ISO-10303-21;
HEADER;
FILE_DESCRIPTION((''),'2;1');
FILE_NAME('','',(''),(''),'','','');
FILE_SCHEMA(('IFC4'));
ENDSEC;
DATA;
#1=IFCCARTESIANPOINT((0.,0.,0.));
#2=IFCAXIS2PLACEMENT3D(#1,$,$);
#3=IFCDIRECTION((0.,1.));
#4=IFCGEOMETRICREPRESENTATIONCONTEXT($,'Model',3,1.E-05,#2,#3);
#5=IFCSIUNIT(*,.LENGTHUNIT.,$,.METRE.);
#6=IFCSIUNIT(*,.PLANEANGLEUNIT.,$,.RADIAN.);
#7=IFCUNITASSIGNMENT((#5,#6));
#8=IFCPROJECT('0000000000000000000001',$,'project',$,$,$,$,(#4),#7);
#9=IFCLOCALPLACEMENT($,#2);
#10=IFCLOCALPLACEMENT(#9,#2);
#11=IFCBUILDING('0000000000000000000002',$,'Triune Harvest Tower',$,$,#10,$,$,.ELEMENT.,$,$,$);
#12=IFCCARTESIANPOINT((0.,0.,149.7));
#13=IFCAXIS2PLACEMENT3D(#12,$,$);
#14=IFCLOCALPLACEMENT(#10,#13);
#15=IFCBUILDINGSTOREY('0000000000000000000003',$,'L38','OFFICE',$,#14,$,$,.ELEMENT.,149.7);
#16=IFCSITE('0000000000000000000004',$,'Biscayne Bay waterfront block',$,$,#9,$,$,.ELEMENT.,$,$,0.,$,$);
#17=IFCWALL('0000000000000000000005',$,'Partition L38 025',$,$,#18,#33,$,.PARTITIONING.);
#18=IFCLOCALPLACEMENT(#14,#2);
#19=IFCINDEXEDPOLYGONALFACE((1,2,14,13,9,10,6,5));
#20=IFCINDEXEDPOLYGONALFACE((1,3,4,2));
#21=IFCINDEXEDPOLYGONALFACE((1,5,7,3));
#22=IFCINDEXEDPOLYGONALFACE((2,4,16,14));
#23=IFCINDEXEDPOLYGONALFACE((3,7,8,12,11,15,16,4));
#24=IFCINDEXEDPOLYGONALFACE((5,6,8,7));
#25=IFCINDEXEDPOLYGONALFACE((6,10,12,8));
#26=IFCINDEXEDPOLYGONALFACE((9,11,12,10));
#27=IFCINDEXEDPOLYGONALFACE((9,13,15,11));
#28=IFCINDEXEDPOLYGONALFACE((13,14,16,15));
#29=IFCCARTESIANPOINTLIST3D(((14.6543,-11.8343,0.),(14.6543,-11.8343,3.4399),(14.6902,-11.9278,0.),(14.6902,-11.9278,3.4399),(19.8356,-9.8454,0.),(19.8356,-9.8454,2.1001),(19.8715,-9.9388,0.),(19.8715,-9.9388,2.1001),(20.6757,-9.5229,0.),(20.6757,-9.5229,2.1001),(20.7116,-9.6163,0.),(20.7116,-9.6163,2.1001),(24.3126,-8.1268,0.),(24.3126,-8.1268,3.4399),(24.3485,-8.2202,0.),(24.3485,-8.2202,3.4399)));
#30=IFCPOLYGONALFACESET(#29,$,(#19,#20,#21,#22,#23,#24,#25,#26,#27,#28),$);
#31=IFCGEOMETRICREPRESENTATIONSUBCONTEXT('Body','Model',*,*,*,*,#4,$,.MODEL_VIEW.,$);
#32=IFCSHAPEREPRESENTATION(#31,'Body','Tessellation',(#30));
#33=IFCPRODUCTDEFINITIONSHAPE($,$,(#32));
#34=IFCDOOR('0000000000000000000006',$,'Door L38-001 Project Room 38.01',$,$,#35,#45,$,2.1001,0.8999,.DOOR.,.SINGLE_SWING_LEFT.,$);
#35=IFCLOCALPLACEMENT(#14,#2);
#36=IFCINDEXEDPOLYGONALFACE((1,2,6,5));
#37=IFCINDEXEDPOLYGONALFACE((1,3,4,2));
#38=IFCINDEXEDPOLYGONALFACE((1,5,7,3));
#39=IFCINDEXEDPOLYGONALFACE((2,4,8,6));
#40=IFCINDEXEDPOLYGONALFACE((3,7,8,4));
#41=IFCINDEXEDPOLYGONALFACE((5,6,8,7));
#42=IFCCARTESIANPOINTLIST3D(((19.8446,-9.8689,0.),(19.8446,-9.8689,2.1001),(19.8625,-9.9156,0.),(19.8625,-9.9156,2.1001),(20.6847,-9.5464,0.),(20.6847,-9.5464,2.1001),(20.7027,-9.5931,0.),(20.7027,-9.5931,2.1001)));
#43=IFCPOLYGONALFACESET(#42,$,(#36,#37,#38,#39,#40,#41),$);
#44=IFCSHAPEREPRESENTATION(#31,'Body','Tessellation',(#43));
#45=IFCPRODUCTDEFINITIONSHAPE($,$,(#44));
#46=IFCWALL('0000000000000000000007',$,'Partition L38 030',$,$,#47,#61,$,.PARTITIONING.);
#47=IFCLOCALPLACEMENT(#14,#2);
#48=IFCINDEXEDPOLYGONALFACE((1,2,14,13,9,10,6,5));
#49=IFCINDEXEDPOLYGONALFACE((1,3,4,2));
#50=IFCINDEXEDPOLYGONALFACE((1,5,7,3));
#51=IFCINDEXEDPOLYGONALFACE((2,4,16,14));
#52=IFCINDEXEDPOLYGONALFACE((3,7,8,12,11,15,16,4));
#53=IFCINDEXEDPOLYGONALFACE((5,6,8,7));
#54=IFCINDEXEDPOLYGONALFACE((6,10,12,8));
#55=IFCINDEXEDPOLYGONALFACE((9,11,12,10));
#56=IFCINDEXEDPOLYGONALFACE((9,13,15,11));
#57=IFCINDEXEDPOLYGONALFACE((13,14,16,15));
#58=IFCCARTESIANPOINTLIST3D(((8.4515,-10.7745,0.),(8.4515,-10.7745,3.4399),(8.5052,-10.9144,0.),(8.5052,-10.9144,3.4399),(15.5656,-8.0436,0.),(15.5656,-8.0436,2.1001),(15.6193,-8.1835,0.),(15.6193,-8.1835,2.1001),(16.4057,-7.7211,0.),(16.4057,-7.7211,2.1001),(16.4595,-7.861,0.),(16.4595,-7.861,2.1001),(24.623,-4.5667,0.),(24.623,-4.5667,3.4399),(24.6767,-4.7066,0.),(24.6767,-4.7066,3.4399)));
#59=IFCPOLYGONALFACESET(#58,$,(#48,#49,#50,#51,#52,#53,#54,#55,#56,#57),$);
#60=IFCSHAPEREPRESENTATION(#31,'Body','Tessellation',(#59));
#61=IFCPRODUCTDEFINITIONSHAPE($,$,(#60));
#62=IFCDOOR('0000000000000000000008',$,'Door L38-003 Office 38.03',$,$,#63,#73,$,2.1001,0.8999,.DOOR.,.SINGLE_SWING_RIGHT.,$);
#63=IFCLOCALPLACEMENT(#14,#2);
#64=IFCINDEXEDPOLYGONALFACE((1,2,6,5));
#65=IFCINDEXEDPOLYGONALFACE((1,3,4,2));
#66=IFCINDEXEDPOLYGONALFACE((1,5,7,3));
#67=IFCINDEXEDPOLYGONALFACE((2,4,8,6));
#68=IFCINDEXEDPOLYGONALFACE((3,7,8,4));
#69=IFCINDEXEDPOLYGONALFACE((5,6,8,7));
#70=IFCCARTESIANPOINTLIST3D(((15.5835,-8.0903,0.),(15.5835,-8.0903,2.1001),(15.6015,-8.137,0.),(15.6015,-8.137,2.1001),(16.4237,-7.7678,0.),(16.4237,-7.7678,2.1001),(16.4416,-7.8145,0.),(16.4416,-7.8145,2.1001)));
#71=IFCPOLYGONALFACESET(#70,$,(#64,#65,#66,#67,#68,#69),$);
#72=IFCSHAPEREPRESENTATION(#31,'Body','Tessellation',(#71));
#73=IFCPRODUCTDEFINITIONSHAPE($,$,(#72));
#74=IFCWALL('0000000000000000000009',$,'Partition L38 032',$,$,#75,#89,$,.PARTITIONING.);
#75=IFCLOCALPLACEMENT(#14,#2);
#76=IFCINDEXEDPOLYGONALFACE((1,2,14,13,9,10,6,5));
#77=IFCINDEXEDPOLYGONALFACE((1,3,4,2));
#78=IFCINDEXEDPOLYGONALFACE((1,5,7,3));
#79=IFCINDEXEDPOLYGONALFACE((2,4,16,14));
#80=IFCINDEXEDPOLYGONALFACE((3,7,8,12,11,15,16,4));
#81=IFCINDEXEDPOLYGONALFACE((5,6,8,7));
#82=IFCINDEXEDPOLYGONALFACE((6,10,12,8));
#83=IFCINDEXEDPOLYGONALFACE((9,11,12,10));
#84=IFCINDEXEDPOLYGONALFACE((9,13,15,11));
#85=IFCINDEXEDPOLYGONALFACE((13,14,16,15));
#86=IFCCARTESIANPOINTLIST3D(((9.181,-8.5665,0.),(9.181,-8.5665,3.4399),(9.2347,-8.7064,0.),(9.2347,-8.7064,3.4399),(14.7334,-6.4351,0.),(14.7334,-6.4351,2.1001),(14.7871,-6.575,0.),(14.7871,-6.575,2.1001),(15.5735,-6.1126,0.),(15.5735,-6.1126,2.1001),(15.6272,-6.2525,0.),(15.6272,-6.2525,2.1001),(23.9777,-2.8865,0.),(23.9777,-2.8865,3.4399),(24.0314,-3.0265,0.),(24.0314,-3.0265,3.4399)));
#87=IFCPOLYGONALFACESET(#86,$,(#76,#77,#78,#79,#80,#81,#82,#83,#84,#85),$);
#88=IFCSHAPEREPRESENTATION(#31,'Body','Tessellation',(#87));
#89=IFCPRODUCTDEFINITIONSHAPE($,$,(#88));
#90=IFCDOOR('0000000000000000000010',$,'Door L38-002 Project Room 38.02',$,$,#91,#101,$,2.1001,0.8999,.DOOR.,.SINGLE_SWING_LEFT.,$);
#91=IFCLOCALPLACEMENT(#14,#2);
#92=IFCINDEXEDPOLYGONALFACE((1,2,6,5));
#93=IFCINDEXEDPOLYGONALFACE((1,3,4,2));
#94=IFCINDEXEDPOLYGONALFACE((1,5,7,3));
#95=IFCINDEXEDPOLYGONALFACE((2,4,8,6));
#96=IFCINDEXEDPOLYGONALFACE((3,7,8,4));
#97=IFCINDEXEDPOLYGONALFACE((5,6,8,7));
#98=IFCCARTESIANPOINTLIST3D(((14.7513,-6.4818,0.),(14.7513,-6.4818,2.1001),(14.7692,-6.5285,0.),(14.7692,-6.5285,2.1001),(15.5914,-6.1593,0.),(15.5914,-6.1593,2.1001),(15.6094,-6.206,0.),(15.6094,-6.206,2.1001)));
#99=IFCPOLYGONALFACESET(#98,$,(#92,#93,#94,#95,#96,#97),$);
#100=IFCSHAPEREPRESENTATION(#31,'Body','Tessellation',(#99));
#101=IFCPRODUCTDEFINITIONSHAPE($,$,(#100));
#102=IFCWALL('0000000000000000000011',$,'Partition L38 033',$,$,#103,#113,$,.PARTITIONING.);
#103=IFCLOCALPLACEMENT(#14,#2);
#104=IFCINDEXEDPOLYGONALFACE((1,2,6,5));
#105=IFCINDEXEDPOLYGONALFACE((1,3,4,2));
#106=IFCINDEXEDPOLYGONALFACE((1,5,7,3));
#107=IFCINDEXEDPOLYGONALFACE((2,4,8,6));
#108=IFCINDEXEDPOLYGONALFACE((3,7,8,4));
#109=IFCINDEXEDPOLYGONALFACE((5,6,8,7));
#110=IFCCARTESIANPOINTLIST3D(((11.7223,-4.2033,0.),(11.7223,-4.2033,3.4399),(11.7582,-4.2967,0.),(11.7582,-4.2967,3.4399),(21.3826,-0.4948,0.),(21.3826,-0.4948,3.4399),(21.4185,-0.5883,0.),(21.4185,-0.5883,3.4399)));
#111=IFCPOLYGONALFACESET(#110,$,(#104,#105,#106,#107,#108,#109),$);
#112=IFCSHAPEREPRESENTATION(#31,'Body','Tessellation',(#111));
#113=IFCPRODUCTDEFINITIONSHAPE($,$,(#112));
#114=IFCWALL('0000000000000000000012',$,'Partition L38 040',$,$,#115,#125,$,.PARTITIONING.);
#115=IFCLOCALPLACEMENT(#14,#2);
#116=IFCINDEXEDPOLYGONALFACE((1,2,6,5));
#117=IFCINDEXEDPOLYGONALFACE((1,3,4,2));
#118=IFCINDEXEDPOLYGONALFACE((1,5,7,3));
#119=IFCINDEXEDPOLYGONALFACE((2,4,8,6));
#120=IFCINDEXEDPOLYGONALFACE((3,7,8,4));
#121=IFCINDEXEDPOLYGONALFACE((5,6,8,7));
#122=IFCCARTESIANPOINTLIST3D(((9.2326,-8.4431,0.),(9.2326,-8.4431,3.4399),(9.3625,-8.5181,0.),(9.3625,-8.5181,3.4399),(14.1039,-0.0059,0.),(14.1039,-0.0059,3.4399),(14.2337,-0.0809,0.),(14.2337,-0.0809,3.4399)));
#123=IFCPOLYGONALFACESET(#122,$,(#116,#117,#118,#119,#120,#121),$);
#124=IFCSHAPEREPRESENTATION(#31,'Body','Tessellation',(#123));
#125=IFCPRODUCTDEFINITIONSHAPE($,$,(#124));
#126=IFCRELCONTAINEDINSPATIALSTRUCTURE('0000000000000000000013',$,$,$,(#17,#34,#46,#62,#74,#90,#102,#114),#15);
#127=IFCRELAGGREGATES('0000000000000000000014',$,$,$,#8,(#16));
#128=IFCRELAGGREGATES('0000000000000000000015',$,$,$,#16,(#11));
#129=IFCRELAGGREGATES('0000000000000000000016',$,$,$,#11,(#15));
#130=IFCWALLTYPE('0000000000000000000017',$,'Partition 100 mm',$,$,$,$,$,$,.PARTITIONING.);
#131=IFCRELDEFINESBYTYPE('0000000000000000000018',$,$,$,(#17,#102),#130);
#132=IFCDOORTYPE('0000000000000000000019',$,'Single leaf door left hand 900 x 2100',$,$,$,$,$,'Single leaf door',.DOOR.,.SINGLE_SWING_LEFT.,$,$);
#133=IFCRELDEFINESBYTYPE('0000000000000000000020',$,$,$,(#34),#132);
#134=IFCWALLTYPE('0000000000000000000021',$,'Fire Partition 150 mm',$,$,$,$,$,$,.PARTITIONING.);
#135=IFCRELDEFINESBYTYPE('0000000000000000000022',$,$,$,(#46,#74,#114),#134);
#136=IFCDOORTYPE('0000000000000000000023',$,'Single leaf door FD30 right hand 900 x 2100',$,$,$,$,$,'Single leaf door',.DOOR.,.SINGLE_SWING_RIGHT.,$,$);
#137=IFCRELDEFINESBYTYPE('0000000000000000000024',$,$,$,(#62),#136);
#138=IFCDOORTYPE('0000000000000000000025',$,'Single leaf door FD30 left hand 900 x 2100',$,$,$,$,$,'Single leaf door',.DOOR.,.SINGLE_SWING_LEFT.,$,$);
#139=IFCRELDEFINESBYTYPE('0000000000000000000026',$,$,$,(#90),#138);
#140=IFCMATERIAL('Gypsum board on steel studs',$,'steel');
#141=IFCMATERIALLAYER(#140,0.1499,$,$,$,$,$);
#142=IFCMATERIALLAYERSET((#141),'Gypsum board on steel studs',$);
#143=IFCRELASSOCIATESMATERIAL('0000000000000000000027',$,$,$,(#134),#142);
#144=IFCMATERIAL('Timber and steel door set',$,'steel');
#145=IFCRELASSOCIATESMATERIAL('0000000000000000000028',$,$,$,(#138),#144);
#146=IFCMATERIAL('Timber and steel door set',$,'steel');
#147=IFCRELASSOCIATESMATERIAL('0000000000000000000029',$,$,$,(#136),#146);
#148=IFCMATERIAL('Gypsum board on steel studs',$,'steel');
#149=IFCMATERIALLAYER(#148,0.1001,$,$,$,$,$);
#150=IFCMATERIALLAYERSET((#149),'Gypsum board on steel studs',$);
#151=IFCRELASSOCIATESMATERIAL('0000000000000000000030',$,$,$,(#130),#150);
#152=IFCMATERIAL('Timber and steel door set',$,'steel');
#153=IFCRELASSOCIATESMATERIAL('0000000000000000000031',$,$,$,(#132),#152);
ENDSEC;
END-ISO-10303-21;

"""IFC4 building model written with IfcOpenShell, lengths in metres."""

from ifc_helpers import new_model, si_unit, direction, frame, frame_2d, origin, place, context, subcontext, project, spatial, rectangle, extrude, source, transform, mapped, material, layer, layer_set, type_object, element, fill, save


model = new_model("IFC4")

# Units and contexts
model_context = context("Model", 3, precision=1e-05, world=origin(), true_north=direction((0.0, 1.0)))
body_context = subcontext(model_context, "Body", "Model", "MODEL_VIEW")
ifc_project = project(units=[si_unit("LENGTHUNIT", "METRE"), si_unit("PLANEANGLEUNIT", "RADIAN")], contexts=[model_context])

# Site, building, storey
site_placement = place(None, origin())
site = spatial("IfcSite", under=ifc_project, at=site_placement, Name="Biscayne Bay waterfront block", CompositionType="ELEMENT", RefElevation=0.0)
building_placement = place(site_placement, origin())
building = spatial("IfcBuilding", under=site, at=building_placement, Name="Triune Harvest Tower", CompositionType="ELEMENT")
storey_placement = place(building_placement, frame((0.0, 0.0, 149.7)))
storey = spatial("IfcBuildingStorey", under=building, at=storey_placement, Name="L38", Description="OFFICE", CompositionType="ELEMENT", Elevation=149.7)

# Shared definitions
ifc_material_1 = material(Name="Gypsum board on steel studs", Category="steel")
ifc_layer_1 = layer(ifc_material_1, 0.1499)
ifc_layer_set_1 = layer_set([ifc_layer_1], Name="Gypsum board on steel studs")
wall_type_1 = type_object("IfcWallType", Name="Fire Partition 150 mm", PredefinedType="PARTITIONING", material=ifc_layer_set_1)
ifc_material_2 = material(Name="Timber and steel door set", Category="steel")
door_type_1 = type_object("IfcDoorType", Name="Single leaf door FD30 left hand 900 x 2100", ElementType="Single leaf door", OperationType="SINGLE_SWING_LEFT", PredefinedType="DOOR", material=ifc_material_2)
ifc_material_3 = material(Name="Timber and steel door set", Category="steel")
door_type_2 = type_object("IfcDoorType", Name="Single leaf door FD30 right hand 900 x 2100", ElementType="Single leaf door", OperationType="SINGLE_SWING_RIGHT", PredefinedType="DOOR", material=ifc_material_3)

# Shared definitions
ifc_material_4 = material(Name="Gypsum board on steel studs", Category="steel")
ifc_layer_2 = layer(ifc_material_4, 0.1001)
ifc_layer_set_2 = layer_set([ifc_layer_2], Name="Gypsum board on steel studs")
wall_type_2 = type_object("IfcWallType", Name="Partition 100 mm", PredefinedType="PARTITIONING", material=ifc_layer_set_2)

# Walls, openings, doors
shared_shape_1 = source(origin(), body_context, "Body", "SweptSolid", [
    extrude(rectangle(XDim=10.3455, YDim=0.1001, at=frame_2d((5.1729, 0.0))), origin(), (0.0, 0.0, 1.0), 3.4399),
])
wall_1_placement = place(storey_placement, frame((14.6721, -11.8811, 0.0), z_axis=(0.0, 0.0, 1.0), x_axis=(0.933578, 0.358375, 0.0)))
wall_1 = element("IfcWall", 1, at=wall_1_placement, inside=storey, type_object=wall_type_2, Name="Partition L38 025", PredefinedType="PARTITIONING", context=body_context, shape_type="MappedRepresentation", body=[
    mapped(shared_shape_1, transform((0.0, 0.0, 0.0), scale=1.0)),
])
opening_1_placement = place(wall_1_placement, frame((5.55, 0.0, 0.0)))
opening_1 = element("IfcOpeningElement", 2, at=opening_1_placement, cuts=wall_1, PredefinedType="OPENING", context=body_context, shape_type="SweptSolid", body=[
    extrude(rectangle(XDim=0.8999, YDim=2.1001, at=frame_2d((0.45, 1.05))), frame((0.0, 0.0601, 0.0), z_axis=(0.0, -1.0, 0.0), x_axis=(1.0, 0.0, 0.0)), (0.0, 0.0, 1.0), 0.1201),
])
ifc_material_5 = material(Name="Timber and steel door set", Category="steel")
door_type_3 = type_object("IfcDoorType", Name="Single leaf door left hand 900 x 2100", ElementType="Single leaf door", OperationType="SINGLE_SWING_LEFT", PredefinedType="DOOR", material=ifc_material_5)
door_1_placement = place(opening_1_placement, origin())
door_1 = element("IfcDoor", 3, at=door_1_placement, inside=storey, type_object=door_type_3, Name="Door L38-001 Project Room 38.01", OperationType="SINGLE_SWING_LEFT", OverallHeight=2.1001, OverallWidth=0.8999, PredefinedType="DOOR", context=body_context, shape_type="SweptSolid", body=[
    extrude(rectangle(XDim=0.8999, YDim=2.1001, at=frame_2d((0.45, 1.05))), frame((0.0, 0.0249, 0.0), z_axis=(0.0, -1.0, 0.0), x_axis=(1.0, 0.0, 0.0)), (0.0, 0.0, 1.0), 0.05),
])
fill(opening_1, door_1)
shared_shape_2 = source(origin(), body_context, "Body", "SweptSolid", [
    extrude(rectangle(XDim=17.322, YDim=0.1499, at=frame_2d((8.6611, 0.0))), origin(), (0.0, 0.0, 1.0), 3.4399),
])
wall_2_placement = place(storey_placement, frame((8.4783, -10.8445, 0.0), z_axis=(0.0, 0.0, 1.0), x_axis=(0.933578, 0.358375, 0.0)))
wall_2 = element("IfcWall", 4, at=wall_2_placement, inside=storey, type_object=wall_type_1, Name="Partition L38 030", PredefinedType="PARTITIONING", context=body_context, shape_type="MappedRepresentation", body=[
    mapped(shared_shape_2, transform((0.0, 0.0, 0.0), scale=1.0)),
])
opening_2_placement = place(wall_2_placement, frame((7.6204, 0.0, 0.0)))
opening_2 = element("IfcOpeningElement", 5, at=opening_2_placement, cuts=wall_2, PredefinedType="OPENING", context=body_context, shape_type="SweptSolid", body=[
    extrude(rectangle(XDim=0.8999, YDim=2.1001, at=frame_2d((0.45, 1.05))), frame((0.0, 0.085, 0.0), z_axis=(0.0, -1.0, 0.0), x_axis=(1.0, 0.0, 0.0)), (0.0, 0.0, 1.0), 0.1699),
])
door_2_placement = place(opening_2_placement, origin())
door_2 = element("IfcDoor", 6, at=door_2_placement, inside=storey, type_object=door_type_2, Name="Door L38-003 Office 38.03", OperationType="SINGLE_SWING_RIGHT", OverallHeight=2.1001, OverallWidth=0.8999, PredefinedType="DOOR", context=body_context, shape_type="SweptSolid", body=[
    extrude(rectangle(XDim=0.8999, YDim=2.1001, at=frame_2d((0.45, 1.05))), frame((0.0, 0.0249, 0.0), z_axis=(0.0, -1.0, 0.0), x_axis=(1.0, 0.0, 0.0)), (0.0, 0.0, 1.0), 0.05),
])
fill(opening_2, door_2)
shared_shape_3 = source(origin(), body_context, "Body", "SweptSolid", [
    extrude(rectangle(XDim=15.8494, YDim=0.1499, at=frame_2d((7.9248, 0.0))), origin(), (0.0, 0.0, 1.0), 3.4399),
])
wall_3_placement = place(storey_placement, frame((9.2078, -8.6365, 0.0), z_axis=(0.0, 0.0, 1.0), x_axis=(0.93358, 0.35837, 0.0)))
wall_3 = element("IfcWall", 7, at=wall_3_placement, inside=storey, type_object=wall_type_1, Name="Partition L38 032", PredefinedType="PARTITIONING", context=body_context, shape_type="MappedRepresentation", body=[
    mapped(shared_shape_3, transform((0.0, 0.0, 0.0), scale=1.0)),
])
opening_3_placement = place(wall_3_placement, frame((5.9475, 0.0, 0.0)))
opening_3 = element("IfcOpeningElement", 8, at=opening_3_placement, cuts=wall_3, PredefinedType="OPENING", context=body_context, shape_type="SweptSolid", body=[
    extrude(rectangle(XDim=0.8999, YDim=2.1001, at=frame_2d((0.45, 1.05))), frame((0.0, 0.085, 0.0), z_axis=(0.0, -1.0, 0.0), x_axis=(1.0, 0.0, 0.0)), (0.0, 0.0, 1.0), 0.1699),
])
door_3_placement = place(opening_3_placement, origin())
door_3 = element("IfcDoor", 9, at=door_3_placement, inside=storey, type_object=door_type_1, Name="Door L38-002 Project Room 38.02", OperationType="SINGLE_SWING_LEFT", OverallHeight=2.1001, OverallWidth=0.8999, PredefinedType="DOOR", context=body_context, shape_type="SweptSolid", body=[
    extrude(rectangle(XDim=0.8999, YDim=2.1001, at=frame_2d((0.45, 1.05))), frame((0.0, 0.0249, 0.0), z_axis=(0.0, -1.0, 0.0), x_axis=(1.0, 0.0, 0.0)), (0.0, 0.0, 1.0), 0.05),
])
fill(opening_3, door_3)

# Walls
shared_shape_4 = source(origin(), body_context, "Body", "SweptSolid", [
    extrude(rectangle(XDim=10.3477, YDim=0.1001, at=frame_2d((5.1738, 0.0))), origin(), (0.0, 0.0, 1.0), 3.4399),
])
wall_4_placement = place(storey_placement, frame((11.7402, -4.25, 0.0), z_axis=(0.0, 0.0, 1.0), x_axis=(0.933573, 0.358386, 0.0)))
element("IfcWall", 10, at=wall_4_placement, inside=storey, type_object=wall_type_2, Name="Partition L38 033", PredefinedType="PARTITIONING", context=body_context, shape_type="MappedRepresentation", body=[
    mapped(shared_shape_4, transform((0.0, 0.0, 0.0), scale=1.0)),
])
shared_shape_5 = source(origin(), body_context, "Body", "SweptSolid", [
    extrude(rectangle(XDim=9.7424, YDim=0.1499, at=frame_2d((4.8711, 0.0))), origin(), (0.0, 0.0, 1.0), 3.4399),
])
wall_5_placement = place(storey_placement, frame((9.2976, -8.4805, 0.0), z_axis=(0.0, 0.0, 1.0), x_axis=(0.500007, 0.866022, 0.0)))
element("IfcWall", 11, at=wall_5_placement, inside=storey, type_object=wall_type_1, Name="Partition L38 040", PredefinedType="PARTITIONING", context=body_context, shape_type="MappedRepresentation", body=[
    mapped(shared_shape_5, transform((0.0, 0.0, 0.0), scale=1.0)),
])

save(model, "model.ifc")
